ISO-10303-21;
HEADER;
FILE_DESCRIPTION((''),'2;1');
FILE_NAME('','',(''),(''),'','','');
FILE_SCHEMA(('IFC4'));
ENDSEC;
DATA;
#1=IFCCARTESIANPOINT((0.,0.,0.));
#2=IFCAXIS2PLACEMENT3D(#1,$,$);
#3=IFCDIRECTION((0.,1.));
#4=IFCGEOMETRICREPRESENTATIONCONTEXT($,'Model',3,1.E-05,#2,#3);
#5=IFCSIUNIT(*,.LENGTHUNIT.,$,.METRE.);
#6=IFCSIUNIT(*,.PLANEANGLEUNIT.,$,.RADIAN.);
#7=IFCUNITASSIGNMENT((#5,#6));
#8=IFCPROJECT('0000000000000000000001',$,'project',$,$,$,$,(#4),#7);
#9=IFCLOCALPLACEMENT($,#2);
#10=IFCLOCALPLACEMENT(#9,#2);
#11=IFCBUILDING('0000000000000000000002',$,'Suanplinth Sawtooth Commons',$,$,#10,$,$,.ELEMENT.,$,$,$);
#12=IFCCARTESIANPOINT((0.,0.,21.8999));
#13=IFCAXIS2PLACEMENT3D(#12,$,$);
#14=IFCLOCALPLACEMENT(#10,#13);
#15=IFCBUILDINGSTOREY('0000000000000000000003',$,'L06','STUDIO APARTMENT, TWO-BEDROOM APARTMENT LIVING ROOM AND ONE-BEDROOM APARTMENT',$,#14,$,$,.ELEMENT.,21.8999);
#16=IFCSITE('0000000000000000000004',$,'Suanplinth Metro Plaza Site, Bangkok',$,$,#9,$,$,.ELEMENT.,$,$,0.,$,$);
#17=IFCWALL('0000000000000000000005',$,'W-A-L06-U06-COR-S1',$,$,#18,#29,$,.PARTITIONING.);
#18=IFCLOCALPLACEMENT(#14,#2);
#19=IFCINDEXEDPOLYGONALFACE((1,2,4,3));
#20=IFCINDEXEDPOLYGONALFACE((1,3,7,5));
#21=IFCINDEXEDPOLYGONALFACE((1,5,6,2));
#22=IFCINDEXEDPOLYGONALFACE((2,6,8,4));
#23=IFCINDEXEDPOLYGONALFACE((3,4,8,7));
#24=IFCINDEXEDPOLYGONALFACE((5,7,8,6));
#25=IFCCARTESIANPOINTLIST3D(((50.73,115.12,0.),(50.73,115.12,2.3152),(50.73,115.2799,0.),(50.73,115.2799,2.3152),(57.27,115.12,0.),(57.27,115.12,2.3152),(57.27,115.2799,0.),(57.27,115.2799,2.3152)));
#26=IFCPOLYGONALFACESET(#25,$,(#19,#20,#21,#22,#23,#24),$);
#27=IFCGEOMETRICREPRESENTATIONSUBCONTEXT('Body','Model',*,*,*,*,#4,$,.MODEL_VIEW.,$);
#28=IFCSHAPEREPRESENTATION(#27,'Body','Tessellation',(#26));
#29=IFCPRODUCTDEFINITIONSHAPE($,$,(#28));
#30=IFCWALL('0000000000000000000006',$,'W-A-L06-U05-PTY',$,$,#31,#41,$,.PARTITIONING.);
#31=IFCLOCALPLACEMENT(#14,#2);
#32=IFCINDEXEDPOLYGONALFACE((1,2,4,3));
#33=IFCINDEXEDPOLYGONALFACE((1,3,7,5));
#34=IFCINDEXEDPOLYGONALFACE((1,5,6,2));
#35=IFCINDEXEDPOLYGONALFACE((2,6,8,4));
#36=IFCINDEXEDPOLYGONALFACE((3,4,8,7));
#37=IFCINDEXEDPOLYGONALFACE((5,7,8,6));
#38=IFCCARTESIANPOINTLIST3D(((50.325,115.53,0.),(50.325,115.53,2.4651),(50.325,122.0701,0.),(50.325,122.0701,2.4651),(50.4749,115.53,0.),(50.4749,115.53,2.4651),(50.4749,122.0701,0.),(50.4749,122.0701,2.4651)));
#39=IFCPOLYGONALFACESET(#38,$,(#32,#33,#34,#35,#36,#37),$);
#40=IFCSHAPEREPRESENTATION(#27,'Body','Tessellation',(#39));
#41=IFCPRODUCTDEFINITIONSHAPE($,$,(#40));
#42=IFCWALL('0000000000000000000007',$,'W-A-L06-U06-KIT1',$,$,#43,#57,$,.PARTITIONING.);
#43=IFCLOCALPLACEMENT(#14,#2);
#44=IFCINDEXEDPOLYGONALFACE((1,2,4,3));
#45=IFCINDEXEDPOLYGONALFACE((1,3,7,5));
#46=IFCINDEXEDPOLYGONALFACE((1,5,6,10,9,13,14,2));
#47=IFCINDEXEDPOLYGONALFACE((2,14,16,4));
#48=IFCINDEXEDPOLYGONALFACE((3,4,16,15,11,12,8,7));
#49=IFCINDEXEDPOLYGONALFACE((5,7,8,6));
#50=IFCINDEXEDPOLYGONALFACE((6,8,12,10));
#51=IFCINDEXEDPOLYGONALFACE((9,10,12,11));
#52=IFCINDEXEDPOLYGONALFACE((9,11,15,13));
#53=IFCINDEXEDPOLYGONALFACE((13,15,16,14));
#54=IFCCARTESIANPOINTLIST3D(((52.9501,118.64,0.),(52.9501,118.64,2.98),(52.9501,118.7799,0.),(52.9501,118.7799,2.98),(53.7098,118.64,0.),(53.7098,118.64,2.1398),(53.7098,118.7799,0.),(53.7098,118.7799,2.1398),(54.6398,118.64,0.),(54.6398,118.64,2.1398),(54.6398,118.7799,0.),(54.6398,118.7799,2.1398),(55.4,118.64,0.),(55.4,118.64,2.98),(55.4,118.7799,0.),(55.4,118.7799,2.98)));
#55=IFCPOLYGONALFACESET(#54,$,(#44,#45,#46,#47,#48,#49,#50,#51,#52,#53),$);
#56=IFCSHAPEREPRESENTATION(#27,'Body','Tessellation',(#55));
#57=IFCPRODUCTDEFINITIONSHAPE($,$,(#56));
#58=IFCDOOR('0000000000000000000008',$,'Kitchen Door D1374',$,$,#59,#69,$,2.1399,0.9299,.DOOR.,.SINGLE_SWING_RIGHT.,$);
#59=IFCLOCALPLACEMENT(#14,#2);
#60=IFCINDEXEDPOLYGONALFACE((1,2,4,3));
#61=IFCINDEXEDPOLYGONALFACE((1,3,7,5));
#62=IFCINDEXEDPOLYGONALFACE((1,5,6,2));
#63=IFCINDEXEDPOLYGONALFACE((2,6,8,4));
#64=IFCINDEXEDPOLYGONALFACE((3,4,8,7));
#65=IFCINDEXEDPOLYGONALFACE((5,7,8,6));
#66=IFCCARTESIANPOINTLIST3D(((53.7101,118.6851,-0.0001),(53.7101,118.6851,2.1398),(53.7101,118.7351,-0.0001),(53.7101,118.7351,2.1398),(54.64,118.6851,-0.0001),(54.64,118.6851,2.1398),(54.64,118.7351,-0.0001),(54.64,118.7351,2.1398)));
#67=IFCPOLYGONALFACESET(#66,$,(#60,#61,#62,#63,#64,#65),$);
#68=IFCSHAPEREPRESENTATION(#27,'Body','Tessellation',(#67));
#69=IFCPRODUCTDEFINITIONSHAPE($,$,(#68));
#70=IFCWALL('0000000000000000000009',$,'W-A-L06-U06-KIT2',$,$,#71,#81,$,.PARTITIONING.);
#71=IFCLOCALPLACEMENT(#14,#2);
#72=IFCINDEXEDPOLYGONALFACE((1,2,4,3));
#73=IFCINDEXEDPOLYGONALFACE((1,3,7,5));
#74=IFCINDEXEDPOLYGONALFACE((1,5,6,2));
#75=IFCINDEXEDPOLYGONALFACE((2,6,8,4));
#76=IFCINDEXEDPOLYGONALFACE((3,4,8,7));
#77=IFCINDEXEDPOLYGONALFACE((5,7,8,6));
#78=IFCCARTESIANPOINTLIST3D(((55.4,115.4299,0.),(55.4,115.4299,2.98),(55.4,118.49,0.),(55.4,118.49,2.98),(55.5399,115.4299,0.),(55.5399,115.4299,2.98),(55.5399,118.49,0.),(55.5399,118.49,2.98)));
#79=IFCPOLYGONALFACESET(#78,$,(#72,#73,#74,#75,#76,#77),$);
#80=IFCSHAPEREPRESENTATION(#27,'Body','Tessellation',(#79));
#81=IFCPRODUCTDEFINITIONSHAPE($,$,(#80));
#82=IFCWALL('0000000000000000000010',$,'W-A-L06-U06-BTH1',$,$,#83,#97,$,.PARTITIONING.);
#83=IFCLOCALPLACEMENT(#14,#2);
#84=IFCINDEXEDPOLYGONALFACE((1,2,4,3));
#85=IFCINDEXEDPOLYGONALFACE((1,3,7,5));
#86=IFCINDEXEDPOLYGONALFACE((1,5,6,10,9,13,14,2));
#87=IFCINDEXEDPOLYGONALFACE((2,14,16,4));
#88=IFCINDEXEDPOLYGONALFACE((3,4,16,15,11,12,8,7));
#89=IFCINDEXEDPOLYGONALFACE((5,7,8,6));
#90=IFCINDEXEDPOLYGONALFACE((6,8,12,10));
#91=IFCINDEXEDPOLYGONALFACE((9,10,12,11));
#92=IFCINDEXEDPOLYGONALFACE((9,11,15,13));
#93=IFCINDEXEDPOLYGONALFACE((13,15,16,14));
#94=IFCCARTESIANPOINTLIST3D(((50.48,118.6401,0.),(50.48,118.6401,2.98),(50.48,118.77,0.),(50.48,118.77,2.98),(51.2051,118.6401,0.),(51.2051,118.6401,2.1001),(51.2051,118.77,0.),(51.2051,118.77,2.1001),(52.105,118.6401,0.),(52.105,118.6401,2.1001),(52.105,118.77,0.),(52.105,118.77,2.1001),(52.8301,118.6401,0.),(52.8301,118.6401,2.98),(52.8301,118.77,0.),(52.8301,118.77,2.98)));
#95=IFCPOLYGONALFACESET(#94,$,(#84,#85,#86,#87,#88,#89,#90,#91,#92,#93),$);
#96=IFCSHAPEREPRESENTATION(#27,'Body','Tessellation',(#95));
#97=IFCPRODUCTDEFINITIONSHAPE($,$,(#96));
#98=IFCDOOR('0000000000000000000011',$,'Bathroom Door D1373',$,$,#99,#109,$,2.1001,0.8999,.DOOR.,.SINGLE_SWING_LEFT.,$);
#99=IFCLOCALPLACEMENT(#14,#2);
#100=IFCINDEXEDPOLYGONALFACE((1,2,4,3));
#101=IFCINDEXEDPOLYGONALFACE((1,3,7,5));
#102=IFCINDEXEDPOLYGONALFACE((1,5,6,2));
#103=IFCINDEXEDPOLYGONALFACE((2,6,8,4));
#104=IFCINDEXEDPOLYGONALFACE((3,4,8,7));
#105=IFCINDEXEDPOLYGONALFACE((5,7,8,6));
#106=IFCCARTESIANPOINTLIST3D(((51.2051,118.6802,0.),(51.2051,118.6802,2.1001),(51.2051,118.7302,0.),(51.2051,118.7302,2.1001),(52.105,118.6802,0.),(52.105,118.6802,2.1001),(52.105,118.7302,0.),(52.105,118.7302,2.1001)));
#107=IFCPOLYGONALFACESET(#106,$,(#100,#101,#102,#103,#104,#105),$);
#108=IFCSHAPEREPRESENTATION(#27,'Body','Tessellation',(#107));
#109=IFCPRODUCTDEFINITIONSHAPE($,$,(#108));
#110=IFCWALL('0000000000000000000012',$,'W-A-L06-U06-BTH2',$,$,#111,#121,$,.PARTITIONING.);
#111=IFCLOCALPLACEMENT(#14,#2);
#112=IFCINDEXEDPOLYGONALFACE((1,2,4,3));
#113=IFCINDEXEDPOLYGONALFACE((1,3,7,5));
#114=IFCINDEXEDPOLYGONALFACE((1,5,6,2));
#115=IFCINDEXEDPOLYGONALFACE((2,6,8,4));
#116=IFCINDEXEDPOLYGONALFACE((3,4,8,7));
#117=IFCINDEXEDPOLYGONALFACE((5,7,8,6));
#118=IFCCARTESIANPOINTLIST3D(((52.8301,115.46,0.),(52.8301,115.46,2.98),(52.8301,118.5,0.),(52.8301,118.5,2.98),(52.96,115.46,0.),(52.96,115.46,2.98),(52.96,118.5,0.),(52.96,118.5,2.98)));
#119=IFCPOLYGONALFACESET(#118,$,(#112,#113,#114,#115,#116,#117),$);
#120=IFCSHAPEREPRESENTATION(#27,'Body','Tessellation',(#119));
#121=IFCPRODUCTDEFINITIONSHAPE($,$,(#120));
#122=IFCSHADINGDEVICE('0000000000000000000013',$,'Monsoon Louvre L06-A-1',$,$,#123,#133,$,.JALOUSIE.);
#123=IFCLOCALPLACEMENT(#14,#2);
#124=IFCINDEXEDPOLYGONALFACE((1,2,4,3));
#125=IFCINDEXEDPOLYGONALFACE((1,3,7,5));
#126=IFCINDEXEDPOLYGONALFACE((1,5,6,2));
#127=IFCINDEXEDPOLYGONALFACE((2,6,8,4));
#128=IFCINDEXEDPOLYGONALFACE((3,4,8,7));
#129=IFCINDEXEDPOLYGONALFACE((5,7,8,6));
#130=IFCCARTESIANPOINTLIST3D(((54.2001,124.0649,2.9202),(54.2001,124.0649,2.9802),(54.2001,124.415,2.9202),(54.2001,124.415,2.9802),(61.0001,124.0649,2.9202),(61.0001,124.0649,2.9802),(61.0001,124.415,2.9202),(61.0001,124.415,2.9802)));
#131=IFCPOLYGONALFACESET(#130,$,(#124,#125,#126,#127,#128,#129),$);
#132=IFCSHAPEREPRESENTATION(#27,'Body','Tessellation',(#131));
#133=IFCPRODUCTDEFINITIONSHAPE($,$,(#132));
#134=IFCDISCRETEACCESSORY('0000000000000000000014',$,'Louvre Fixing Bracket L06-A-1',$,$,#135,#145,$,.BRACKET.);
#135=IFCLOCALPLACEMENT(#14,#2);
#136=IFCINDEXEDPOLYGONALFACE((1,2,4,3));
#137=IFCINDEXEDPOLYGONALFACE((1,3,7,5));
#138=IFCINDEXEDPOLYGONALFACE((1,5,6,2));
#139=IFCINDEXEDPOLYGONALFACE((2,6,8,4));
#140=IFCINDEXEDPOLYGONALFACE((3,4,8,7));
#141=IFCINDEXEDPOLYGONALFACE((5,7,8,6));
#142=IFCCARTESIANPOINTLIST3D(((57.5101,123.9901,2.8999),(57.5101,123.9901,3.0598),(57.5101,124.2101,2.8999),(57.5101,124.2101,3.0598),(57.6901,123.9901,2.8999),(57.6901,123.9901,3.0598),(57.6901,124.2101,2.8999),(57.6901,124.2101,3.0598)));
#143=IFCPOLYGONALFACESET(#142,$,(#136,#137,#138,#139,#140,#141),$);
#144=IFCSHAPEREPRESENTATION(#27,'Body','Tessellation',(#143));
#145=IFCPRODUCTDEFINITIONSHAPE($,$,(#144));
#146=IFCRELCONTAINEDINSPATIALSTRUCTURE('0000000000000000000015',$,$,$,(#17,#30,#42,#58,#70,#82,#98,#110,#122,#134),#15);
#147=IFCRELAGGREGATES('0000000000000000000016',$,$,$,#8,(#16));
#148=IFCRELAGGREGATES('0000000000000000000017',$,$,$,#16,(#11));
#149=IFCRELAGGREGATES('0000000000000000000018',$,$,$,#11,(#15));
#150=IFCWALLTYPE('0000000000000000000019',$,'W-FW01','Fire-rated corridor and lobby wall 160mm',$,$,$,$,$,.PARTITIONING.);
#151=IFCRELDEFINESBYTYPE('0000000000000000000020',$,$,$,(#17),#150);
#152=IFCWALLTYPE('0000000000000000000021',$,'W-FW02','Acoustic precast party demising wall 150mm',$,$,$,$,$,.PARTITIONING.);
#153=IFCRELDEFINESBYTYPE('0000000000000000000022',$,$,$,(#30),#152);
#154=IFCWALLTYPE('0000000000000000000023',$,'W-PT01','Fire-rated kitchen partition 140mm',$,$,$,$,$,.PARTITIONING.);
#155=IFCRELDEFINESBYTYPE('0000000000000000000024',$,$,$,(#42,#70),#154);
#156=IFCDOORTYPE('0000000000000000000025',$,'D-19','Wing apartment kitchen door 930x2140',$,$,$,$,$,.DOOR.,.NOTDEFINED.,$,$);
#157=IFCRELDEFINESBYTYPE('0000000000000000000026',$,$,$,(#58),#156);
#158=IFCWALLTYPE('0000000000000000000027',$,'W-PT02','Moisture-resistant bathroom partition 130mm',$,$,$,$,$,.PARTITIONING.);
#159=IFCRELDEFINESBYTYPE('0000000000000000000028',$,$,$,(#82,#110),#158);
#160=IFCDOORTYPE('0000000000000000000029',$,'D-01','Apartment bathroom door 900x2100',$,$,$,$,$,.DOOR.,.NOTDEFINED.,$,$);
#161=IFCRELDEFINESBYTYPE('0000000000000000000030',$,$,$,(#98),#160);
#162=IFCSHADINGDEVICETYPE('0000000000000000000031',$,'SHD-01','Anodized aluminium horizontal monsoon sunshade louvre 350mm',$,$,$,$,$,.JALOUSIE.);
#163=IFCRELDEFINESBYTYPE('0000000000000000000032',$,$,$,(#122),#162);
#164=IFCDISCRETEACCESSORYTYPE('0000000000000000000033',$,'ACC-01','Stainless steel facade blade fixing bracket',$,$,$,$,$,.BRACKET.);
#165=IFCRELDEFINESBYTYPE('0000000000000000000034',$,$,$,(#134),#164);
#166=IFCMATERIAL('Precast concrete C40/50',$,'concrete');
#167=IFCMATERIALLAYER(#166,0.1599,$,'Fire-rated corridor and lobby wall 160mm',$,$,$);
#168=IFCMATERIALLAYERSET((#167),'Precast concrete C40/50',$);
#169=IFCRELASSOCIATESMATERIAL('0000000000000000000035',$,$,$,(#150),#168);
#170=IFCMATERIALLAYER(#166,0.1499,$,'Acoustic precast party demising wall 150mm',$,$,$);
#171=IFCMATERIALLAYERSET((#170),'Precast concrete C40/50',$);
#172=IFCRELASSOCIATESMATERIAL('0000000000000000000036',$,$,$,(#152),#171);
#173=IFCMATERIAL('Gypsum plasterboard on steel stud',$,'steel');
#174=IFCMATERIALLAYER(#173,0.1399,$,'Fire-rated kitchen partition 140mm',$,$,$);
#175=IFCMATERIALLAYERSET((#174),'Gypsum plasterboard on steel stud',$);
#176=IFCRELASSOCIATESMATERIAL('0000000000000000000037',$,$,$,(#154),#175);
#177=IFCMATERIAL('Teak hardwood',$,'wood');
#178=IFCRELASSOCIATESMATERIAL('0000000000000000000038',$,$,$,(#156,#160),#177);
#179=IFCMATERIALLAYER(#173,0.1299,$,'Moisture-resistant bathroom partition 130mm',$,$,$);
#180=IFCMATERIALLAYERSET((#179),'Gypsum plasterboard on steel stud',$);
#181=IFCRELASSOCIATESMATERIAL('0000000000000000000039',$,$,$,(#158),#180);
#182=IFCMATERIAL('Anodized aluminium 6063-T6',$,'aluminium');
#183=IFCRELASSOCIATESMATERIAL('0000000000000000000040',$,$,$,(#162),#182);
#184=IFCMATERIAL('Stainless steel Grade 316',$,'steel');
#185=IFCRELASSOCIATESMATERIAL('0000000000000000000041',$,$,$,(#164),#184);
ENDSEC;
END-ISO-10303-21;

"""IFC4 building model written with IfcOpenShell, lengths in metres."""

from ifc_helpers import new_model, si_unit, direction, frame, frame_2d, origin, origin_2d, place, context, subcontext, project, spatial, rectangle, extrude, material, layer, layer_set, type_object, element, fill, save


model = new_model("IFC4")

# Units and contexts
model_context = context("Model", 3, precision=1e-05, world=origin(), true_north=direction((0.0, 1.0)))
body_context = subcontext(model_context, "Body", "Model", "MODEL_VIEW")
ifc_project = project(units=[si_unit("LENGTHUNIT", "METRE"), si_unit("PLANEANGLEUNIT", "RADIAN")], contexts=[model_context])

# Site, building, storey
site_placement = place(None, origin())
site = spatial("IfcSite", under=ifc_project, at=site_placement, Name="Suanplinth Metro Plaza Site, Bangkok", CompositionType="ELEMENT", RefElevation=0.0)
building_placement = place(site_placement, origin())
building = spatial("IfcBuilding", under=site, at=building_placement, Name="Suanplinth Sawtooth Commons", CompositionType="ELEMENT")
storey_placement = place(building_placement, frame((0.0, 0.0, 21.8999)))
storey = spatial("IfcBuildingStorey", under=building, at=storey_placement, Name="L06", Description="STUDIO APARTMENT, TWO-BEDROOM APARTMENT LIVING ROOM AND ONE-BEDROOM APARTMENT", CompositionType="ELEMENT", Elevation=21.8999)

# Shared definitions
ifc_material_1 = material(Name="Precast concrete C40/50", Category="concrete")

# Wall
ifc_layer_1 = layer(ifc_material_1, 0.1599, Name="Fire-rated corridor and lobby wall 160mm")
ifc_layer_set_1 = layer_set([ifc_layer_1], Name="Precast concrete C40/50")
wall_type_1 = type_object("IfcWallType", Name="W-FW01", Description="Fire-rated corridor and lobby wall 160mm", PredefinedType="PARTITIONING", material=ifc_layer_set_1)
wall_1_placement = place(storey_placement, frame((50.73, 115.2, 0.0), z_axis=(0.0, 0.0, 1.0), x_axis=(1.0, 0.0, 0.0)))
element("IfcWall", 1, at=wall_1_placement, inside=storey, type_object=wall_type_1, Name="W-A-L06-U06-COR-S1", PredefinedType="PARTITIONING", context=body_context, shape_type="SweptSolid", body=[
    extrude(rectangle(XDim=6.54, YDim=0.1599, at=frame_2d((3.27, 0.0))), origin(), (0.0, 0.0, 1.0), 2.3152),
])

# Wall
ifc_layer_2 = layer(ifc_material_1, 0.1499, Name="Acoustic precast party demising wall 150mm")
ifc_layer_set_2 = layer_set([ifc_layer_2], Name="Precast concrete C40/50")
wall_type_2 = type_object("IfcWallType", Name="W-FW02", Description="Acoustic precast party demising wall 150mm", PredefinedType="PARTITIONING", material=ifc_layer_set_2)
wall_2_placement = place(storey_placement, frame((50.3999, 115.53, 0.0), z_axis=(0.0, 0.0, 1.0), x_axis=(0.0, 1.0, 0.0)))
element("IfcWall", 2, at=wall_2_placement, inside=storey, type_object=wall_type_2, Name="W-A-L06-U05-PTY", PredefinedType="PARTITIONING", context=body_context, shape_type="SweptSolid", body=[
    extrude(rectangle(XDim=6.54, YDim=0.1499, at=frame_2d((3.27, 0.0))), origin(), (0.0, 0.0, 1.0), 2.4651),
])

# Wall, opening, door
ifc_material_2 = material(Name="Gypsum plasterboard on steel stud", Category="steel")
ifc_layer_3 = layer(ifc_material_2, 0.1399, Name="Fire-rated kitchen partition 140mm")
ifc_layer_set_3 = layer_set([ifc_layer_3], Name="Gypsum plasterboard on steel stud")
wall_type_3 = type_object("IfcWallType", Name="W-PT01", Description="Fire-rated kitchen partition 140mm", PredefinedType="PARTITIONING", material=ifc_layer_set_3)
wall_3_placement = place(storey_placement, frame((52.95, 118.71, 0.0), z_axis=(0.0, 0.0, 1.0), x_axis=(1.0, 0.0, 0.0)))
wall_3 = element("IfcWall", 3, at=wall_3_placement, inside=storey, type_object=wall_type_3, Name="W-A-L06-U06-KIT1", PredefinedType="PARTITIONING", context=body_context, shape_type="SweptSolid", body=[
    extrude(rectangle(XDim=2.45, YDim=0.1399, at=frame_2d((1.2251, 0.0))), origin(), (0.0, 0.0, 1.0), 2.98),
])
opening_1_placement = place(wall_3_placement, frame((0.76, 0.0, 0.0)))
opening_1 = element("IfcOpeningElement", 4, at=opening_1_placement, cuts=wall_3, PredefinedType="OPENING", context=body_context, shape_type="SweptSolid", body=[
    extrude(rectangle(XDim=0.9299, YDim=2.1399, at=frame_2d((0.4648, 1.0698))), frame((0.0, 0.085, 0.0), z_axis=(0.0, -1.0, 0.0), x_axis=(1.0, 0.0, 0.0)), (0.0, 0.0, 1.0), 0.1697),
])
ifc_material_3 = material(Name="Teak hardwood", Category="wood")
door_type_1 = type_object("IfcDoorType", Name="D-19", Description="Wing apartment kitchen door 930x2140", OperationType="NOTDEFINED", PredefinedType="DOOR", material=ifc_material_3)
door_1_placement = place(opening_1_placement, frame((0.9299, 0.0, 0.0), z_axis=(0.0, 0.0, 1.0), x_axis=(-1.0, 0.0, 0.0)))
door_1 = element("IfcDoor", 5, at=door_1_placement, inside=storey, type_object=door_type_1, Name="Kitchen Door D1374", OperationType="SINGLE_SWING_RIGHT", OverallHeight=2.1399, OverallWidth=0.9299, PredefinedType="DOOR", context=body_context, shape_type="SweptSolid", body=[
    extrude(rectangle(XDim=0.9299, YDim=2.1399, at=frame_2d((0.4648, 1.0698))), frame((0.0, 0.0249, 0.0), z_axis=(0.0, -1.0, 0.0), x_axis=(1.0, 0.0, 0.0)), (0.0, 0.0, 1.0), 0.05),
])
fill(opening_1, door_1)

# Wall
wall_4_placement = place(storey_placement, frame((55.47, 115.4299, 0.0), z_axis=(0.0, 0.0, 1.0), x_axis=(0.0, 1.0, 0.0)))
element("IfcWall", 6, at=wall_4_placement, inside=storey, type_object=wall_type_3, Name="W-A-L06-U06-KIT2", PredefinedType="PARTITIONING", context=body_context, shape_type="SweptSolid", body=[
    extrude(rectangle(XDim=3.0601, YDim=0.1399, at=frame_2d((1.53, 0.0))), origin(), (0.0, 0.0, 1.0), 2.98),
])

# Wall, opening, door
ifc_layer_4 = layer(ifc_material_2, 0.1299, Name="Moisture-resistant bathroom partition 130mm")
ifc_layer_set_4 = layer_set([ifc_layer_4], Name="Gypsum plasterboard on steel stud")
wall_type_4 = type_object("IfcWallType", Name="W-PT02", Description="Moisture-resistant bathroom partition 130mm", PredefinedType="PARTITIONING", material=ifc_layer_set_4)
wall_5_placement = place(storey_placement, frame((50.48, 118.7051, 0.0), z_axis=(0.0, 0.0, 1.0), x_axis=(1.0, 0.0, 0.0)))
wall_5 = element("IfcWall", 7, at=wall_5_placement, inside=storey, type_object=wall_type_4, Name="W-A-L06-U06-BTH1", PredefinedType="PARTITIONING", context=body_context, shape_type="SweptSolid", body=[
    extrude(rectangle(XDim=2.3501, YDim=0.1299, at=frame_2d((1.175, 0.0))), origin(), (0.0, 0.0, 1.0), 2.98),
])
opening_2_placement = place(wall_5_placement, frame((0.7251, 0.0, 0.0)))
opening_2 = element("IfcOpeningElement", 8, at=opening_2_placement, cuts=wall_5, PredefinedType="OPENING", context=body_context, shape_type="SweptSolid", body=[
    extrude(rectangle(XDim=0.8999, YDim=2.1001, at=frame_2d((0.45, 1.05))), frame((0.0, 0.0798, 0.0), z_axis=(0.0, -1.0, 0.0), x_axis=(1.0, 0.0, 0.0)), (0.0, 0.0, 1.0), 0.1597),
])
door_type_2 = type_object("IfcDoorType", Name="D-01", Description="Apartment bathroom door 900x2100", OperationType="NOTDEFINED", PredefinedType="DOOR", material=ifc_material_3)
door_2_placement = place(opening_2_placement, frame((0.8999, 0.0, 0.0), z_axis=(0.0, 0.0, 1.0), x_axis=(-1.0, 0.0, 0.0)))
door_2 = element("IfcDoor", 9, at=door_2_placement, inside=storey, type_object=door_type_2, Name="Bathroom Door D1373", OperationType="SINGLE_SWING_LEFT", OverallHeight=2.1001, OverallWidth=0.8999, PredefinedType="DOOR", context=body_context, shape_type="SweptSolid", body=[
    extrude(rectangle(XDim=0.8999, YDim=2.1001, at=frame_2d((0.45, 1.05))), frame((0.0, 0.0249, 0.0), z_axis=(0.0, -1.0, 0.0), x_axis=(1.0, 0.0, 0.0)), (0.0, 0.0, 1.0), 0.05),
])
fill(opening_2, door_2)

# Wall
wall_6_placement = place(storey_placement, frame((52.895, 115.46, 0.0), z_axis=(0.0, 0.0, 1.0), x_axis=(0.0, 1.0, 0.0)))
element("IfcWall", 10, at=wall_6_placement, inside=storey, type_object=wall_type_4, Name="W-A-L06-U06-BTH2", PredefinedType="PARTITIONING", context=body_context, shape_type="SweptSolid", body=[
    extrude(rectangle(XDim=3.04, YDim=0.1299, at=frame_2d((1.52, 0.0))), origin(), (0.0, 0.0, 1.0), 2.98),
])

# Shading device
ifc_material_4 = material(Name="Anodized aluminium 6063-T6", Category="aluminium")
shading_device_type = type_object("IfcShadingDeviceType", Name="SHD-01", Description="Anodized aluminium horizontal monsoon sunshade louvre 350mm", PredefinedType="JALOUSIE", material=ifc_material_4)
shading_device_placement = place(storey_placement, frame((57.6001, 124.24, 2.9202), z_axis=(0.0, 0.0, 1.0), x_axis=(1.0, 0.0, 0.0)))
element("IfcShadingDevice", 11, at=shading_device_placement, inside=storey, type_object=shading_device_type, Name="Monsoon Louvre L06-A-1", PredefinedType="JALOUSIE", context=body_context, shape_type="SweptSolid", body=[
    extrude(rectangle(XDim=6.8, YDim=0.3501, at=origin_2d()), origin(), (0.0, 0.0, 1.0), 0.0601),
])

# Discrete accessory
ifc_material_5 = material(Name="Stainless steel Grade 316", Category="steel")
discrete_accessory_type = type_object("IfcDiscreteAccessoryType", Name="ACC-01", Description="Stainless steel facade blade fixing bracket", PredefinedType="BRACKET", material=ifc_material_5)
discrete_accessory_placement = place(storey_placement, frame((57.6001, 124.1001, 2.8999), z_axis=(0.0, 0.0, 1.0), x_axis=(1.0, 0.0, 0.0)))
element("IfcDiscreteAccessory", 12, at=discrete_accessory_placement, inside=storey, type_object=discrete_accessory_type, Name="Louvre Fixing Bracket L06-A-1", PredefinedType="BRACKET", context=body_context, shape_type="SweptSolid", body=[
    extrude(rectangle(XDim=0.1799, YDim=0.22, at=origin_2d()), origin(), (0.0, 0.0, 1.0), 0.1599),
])

save(model, "model.ifc")
